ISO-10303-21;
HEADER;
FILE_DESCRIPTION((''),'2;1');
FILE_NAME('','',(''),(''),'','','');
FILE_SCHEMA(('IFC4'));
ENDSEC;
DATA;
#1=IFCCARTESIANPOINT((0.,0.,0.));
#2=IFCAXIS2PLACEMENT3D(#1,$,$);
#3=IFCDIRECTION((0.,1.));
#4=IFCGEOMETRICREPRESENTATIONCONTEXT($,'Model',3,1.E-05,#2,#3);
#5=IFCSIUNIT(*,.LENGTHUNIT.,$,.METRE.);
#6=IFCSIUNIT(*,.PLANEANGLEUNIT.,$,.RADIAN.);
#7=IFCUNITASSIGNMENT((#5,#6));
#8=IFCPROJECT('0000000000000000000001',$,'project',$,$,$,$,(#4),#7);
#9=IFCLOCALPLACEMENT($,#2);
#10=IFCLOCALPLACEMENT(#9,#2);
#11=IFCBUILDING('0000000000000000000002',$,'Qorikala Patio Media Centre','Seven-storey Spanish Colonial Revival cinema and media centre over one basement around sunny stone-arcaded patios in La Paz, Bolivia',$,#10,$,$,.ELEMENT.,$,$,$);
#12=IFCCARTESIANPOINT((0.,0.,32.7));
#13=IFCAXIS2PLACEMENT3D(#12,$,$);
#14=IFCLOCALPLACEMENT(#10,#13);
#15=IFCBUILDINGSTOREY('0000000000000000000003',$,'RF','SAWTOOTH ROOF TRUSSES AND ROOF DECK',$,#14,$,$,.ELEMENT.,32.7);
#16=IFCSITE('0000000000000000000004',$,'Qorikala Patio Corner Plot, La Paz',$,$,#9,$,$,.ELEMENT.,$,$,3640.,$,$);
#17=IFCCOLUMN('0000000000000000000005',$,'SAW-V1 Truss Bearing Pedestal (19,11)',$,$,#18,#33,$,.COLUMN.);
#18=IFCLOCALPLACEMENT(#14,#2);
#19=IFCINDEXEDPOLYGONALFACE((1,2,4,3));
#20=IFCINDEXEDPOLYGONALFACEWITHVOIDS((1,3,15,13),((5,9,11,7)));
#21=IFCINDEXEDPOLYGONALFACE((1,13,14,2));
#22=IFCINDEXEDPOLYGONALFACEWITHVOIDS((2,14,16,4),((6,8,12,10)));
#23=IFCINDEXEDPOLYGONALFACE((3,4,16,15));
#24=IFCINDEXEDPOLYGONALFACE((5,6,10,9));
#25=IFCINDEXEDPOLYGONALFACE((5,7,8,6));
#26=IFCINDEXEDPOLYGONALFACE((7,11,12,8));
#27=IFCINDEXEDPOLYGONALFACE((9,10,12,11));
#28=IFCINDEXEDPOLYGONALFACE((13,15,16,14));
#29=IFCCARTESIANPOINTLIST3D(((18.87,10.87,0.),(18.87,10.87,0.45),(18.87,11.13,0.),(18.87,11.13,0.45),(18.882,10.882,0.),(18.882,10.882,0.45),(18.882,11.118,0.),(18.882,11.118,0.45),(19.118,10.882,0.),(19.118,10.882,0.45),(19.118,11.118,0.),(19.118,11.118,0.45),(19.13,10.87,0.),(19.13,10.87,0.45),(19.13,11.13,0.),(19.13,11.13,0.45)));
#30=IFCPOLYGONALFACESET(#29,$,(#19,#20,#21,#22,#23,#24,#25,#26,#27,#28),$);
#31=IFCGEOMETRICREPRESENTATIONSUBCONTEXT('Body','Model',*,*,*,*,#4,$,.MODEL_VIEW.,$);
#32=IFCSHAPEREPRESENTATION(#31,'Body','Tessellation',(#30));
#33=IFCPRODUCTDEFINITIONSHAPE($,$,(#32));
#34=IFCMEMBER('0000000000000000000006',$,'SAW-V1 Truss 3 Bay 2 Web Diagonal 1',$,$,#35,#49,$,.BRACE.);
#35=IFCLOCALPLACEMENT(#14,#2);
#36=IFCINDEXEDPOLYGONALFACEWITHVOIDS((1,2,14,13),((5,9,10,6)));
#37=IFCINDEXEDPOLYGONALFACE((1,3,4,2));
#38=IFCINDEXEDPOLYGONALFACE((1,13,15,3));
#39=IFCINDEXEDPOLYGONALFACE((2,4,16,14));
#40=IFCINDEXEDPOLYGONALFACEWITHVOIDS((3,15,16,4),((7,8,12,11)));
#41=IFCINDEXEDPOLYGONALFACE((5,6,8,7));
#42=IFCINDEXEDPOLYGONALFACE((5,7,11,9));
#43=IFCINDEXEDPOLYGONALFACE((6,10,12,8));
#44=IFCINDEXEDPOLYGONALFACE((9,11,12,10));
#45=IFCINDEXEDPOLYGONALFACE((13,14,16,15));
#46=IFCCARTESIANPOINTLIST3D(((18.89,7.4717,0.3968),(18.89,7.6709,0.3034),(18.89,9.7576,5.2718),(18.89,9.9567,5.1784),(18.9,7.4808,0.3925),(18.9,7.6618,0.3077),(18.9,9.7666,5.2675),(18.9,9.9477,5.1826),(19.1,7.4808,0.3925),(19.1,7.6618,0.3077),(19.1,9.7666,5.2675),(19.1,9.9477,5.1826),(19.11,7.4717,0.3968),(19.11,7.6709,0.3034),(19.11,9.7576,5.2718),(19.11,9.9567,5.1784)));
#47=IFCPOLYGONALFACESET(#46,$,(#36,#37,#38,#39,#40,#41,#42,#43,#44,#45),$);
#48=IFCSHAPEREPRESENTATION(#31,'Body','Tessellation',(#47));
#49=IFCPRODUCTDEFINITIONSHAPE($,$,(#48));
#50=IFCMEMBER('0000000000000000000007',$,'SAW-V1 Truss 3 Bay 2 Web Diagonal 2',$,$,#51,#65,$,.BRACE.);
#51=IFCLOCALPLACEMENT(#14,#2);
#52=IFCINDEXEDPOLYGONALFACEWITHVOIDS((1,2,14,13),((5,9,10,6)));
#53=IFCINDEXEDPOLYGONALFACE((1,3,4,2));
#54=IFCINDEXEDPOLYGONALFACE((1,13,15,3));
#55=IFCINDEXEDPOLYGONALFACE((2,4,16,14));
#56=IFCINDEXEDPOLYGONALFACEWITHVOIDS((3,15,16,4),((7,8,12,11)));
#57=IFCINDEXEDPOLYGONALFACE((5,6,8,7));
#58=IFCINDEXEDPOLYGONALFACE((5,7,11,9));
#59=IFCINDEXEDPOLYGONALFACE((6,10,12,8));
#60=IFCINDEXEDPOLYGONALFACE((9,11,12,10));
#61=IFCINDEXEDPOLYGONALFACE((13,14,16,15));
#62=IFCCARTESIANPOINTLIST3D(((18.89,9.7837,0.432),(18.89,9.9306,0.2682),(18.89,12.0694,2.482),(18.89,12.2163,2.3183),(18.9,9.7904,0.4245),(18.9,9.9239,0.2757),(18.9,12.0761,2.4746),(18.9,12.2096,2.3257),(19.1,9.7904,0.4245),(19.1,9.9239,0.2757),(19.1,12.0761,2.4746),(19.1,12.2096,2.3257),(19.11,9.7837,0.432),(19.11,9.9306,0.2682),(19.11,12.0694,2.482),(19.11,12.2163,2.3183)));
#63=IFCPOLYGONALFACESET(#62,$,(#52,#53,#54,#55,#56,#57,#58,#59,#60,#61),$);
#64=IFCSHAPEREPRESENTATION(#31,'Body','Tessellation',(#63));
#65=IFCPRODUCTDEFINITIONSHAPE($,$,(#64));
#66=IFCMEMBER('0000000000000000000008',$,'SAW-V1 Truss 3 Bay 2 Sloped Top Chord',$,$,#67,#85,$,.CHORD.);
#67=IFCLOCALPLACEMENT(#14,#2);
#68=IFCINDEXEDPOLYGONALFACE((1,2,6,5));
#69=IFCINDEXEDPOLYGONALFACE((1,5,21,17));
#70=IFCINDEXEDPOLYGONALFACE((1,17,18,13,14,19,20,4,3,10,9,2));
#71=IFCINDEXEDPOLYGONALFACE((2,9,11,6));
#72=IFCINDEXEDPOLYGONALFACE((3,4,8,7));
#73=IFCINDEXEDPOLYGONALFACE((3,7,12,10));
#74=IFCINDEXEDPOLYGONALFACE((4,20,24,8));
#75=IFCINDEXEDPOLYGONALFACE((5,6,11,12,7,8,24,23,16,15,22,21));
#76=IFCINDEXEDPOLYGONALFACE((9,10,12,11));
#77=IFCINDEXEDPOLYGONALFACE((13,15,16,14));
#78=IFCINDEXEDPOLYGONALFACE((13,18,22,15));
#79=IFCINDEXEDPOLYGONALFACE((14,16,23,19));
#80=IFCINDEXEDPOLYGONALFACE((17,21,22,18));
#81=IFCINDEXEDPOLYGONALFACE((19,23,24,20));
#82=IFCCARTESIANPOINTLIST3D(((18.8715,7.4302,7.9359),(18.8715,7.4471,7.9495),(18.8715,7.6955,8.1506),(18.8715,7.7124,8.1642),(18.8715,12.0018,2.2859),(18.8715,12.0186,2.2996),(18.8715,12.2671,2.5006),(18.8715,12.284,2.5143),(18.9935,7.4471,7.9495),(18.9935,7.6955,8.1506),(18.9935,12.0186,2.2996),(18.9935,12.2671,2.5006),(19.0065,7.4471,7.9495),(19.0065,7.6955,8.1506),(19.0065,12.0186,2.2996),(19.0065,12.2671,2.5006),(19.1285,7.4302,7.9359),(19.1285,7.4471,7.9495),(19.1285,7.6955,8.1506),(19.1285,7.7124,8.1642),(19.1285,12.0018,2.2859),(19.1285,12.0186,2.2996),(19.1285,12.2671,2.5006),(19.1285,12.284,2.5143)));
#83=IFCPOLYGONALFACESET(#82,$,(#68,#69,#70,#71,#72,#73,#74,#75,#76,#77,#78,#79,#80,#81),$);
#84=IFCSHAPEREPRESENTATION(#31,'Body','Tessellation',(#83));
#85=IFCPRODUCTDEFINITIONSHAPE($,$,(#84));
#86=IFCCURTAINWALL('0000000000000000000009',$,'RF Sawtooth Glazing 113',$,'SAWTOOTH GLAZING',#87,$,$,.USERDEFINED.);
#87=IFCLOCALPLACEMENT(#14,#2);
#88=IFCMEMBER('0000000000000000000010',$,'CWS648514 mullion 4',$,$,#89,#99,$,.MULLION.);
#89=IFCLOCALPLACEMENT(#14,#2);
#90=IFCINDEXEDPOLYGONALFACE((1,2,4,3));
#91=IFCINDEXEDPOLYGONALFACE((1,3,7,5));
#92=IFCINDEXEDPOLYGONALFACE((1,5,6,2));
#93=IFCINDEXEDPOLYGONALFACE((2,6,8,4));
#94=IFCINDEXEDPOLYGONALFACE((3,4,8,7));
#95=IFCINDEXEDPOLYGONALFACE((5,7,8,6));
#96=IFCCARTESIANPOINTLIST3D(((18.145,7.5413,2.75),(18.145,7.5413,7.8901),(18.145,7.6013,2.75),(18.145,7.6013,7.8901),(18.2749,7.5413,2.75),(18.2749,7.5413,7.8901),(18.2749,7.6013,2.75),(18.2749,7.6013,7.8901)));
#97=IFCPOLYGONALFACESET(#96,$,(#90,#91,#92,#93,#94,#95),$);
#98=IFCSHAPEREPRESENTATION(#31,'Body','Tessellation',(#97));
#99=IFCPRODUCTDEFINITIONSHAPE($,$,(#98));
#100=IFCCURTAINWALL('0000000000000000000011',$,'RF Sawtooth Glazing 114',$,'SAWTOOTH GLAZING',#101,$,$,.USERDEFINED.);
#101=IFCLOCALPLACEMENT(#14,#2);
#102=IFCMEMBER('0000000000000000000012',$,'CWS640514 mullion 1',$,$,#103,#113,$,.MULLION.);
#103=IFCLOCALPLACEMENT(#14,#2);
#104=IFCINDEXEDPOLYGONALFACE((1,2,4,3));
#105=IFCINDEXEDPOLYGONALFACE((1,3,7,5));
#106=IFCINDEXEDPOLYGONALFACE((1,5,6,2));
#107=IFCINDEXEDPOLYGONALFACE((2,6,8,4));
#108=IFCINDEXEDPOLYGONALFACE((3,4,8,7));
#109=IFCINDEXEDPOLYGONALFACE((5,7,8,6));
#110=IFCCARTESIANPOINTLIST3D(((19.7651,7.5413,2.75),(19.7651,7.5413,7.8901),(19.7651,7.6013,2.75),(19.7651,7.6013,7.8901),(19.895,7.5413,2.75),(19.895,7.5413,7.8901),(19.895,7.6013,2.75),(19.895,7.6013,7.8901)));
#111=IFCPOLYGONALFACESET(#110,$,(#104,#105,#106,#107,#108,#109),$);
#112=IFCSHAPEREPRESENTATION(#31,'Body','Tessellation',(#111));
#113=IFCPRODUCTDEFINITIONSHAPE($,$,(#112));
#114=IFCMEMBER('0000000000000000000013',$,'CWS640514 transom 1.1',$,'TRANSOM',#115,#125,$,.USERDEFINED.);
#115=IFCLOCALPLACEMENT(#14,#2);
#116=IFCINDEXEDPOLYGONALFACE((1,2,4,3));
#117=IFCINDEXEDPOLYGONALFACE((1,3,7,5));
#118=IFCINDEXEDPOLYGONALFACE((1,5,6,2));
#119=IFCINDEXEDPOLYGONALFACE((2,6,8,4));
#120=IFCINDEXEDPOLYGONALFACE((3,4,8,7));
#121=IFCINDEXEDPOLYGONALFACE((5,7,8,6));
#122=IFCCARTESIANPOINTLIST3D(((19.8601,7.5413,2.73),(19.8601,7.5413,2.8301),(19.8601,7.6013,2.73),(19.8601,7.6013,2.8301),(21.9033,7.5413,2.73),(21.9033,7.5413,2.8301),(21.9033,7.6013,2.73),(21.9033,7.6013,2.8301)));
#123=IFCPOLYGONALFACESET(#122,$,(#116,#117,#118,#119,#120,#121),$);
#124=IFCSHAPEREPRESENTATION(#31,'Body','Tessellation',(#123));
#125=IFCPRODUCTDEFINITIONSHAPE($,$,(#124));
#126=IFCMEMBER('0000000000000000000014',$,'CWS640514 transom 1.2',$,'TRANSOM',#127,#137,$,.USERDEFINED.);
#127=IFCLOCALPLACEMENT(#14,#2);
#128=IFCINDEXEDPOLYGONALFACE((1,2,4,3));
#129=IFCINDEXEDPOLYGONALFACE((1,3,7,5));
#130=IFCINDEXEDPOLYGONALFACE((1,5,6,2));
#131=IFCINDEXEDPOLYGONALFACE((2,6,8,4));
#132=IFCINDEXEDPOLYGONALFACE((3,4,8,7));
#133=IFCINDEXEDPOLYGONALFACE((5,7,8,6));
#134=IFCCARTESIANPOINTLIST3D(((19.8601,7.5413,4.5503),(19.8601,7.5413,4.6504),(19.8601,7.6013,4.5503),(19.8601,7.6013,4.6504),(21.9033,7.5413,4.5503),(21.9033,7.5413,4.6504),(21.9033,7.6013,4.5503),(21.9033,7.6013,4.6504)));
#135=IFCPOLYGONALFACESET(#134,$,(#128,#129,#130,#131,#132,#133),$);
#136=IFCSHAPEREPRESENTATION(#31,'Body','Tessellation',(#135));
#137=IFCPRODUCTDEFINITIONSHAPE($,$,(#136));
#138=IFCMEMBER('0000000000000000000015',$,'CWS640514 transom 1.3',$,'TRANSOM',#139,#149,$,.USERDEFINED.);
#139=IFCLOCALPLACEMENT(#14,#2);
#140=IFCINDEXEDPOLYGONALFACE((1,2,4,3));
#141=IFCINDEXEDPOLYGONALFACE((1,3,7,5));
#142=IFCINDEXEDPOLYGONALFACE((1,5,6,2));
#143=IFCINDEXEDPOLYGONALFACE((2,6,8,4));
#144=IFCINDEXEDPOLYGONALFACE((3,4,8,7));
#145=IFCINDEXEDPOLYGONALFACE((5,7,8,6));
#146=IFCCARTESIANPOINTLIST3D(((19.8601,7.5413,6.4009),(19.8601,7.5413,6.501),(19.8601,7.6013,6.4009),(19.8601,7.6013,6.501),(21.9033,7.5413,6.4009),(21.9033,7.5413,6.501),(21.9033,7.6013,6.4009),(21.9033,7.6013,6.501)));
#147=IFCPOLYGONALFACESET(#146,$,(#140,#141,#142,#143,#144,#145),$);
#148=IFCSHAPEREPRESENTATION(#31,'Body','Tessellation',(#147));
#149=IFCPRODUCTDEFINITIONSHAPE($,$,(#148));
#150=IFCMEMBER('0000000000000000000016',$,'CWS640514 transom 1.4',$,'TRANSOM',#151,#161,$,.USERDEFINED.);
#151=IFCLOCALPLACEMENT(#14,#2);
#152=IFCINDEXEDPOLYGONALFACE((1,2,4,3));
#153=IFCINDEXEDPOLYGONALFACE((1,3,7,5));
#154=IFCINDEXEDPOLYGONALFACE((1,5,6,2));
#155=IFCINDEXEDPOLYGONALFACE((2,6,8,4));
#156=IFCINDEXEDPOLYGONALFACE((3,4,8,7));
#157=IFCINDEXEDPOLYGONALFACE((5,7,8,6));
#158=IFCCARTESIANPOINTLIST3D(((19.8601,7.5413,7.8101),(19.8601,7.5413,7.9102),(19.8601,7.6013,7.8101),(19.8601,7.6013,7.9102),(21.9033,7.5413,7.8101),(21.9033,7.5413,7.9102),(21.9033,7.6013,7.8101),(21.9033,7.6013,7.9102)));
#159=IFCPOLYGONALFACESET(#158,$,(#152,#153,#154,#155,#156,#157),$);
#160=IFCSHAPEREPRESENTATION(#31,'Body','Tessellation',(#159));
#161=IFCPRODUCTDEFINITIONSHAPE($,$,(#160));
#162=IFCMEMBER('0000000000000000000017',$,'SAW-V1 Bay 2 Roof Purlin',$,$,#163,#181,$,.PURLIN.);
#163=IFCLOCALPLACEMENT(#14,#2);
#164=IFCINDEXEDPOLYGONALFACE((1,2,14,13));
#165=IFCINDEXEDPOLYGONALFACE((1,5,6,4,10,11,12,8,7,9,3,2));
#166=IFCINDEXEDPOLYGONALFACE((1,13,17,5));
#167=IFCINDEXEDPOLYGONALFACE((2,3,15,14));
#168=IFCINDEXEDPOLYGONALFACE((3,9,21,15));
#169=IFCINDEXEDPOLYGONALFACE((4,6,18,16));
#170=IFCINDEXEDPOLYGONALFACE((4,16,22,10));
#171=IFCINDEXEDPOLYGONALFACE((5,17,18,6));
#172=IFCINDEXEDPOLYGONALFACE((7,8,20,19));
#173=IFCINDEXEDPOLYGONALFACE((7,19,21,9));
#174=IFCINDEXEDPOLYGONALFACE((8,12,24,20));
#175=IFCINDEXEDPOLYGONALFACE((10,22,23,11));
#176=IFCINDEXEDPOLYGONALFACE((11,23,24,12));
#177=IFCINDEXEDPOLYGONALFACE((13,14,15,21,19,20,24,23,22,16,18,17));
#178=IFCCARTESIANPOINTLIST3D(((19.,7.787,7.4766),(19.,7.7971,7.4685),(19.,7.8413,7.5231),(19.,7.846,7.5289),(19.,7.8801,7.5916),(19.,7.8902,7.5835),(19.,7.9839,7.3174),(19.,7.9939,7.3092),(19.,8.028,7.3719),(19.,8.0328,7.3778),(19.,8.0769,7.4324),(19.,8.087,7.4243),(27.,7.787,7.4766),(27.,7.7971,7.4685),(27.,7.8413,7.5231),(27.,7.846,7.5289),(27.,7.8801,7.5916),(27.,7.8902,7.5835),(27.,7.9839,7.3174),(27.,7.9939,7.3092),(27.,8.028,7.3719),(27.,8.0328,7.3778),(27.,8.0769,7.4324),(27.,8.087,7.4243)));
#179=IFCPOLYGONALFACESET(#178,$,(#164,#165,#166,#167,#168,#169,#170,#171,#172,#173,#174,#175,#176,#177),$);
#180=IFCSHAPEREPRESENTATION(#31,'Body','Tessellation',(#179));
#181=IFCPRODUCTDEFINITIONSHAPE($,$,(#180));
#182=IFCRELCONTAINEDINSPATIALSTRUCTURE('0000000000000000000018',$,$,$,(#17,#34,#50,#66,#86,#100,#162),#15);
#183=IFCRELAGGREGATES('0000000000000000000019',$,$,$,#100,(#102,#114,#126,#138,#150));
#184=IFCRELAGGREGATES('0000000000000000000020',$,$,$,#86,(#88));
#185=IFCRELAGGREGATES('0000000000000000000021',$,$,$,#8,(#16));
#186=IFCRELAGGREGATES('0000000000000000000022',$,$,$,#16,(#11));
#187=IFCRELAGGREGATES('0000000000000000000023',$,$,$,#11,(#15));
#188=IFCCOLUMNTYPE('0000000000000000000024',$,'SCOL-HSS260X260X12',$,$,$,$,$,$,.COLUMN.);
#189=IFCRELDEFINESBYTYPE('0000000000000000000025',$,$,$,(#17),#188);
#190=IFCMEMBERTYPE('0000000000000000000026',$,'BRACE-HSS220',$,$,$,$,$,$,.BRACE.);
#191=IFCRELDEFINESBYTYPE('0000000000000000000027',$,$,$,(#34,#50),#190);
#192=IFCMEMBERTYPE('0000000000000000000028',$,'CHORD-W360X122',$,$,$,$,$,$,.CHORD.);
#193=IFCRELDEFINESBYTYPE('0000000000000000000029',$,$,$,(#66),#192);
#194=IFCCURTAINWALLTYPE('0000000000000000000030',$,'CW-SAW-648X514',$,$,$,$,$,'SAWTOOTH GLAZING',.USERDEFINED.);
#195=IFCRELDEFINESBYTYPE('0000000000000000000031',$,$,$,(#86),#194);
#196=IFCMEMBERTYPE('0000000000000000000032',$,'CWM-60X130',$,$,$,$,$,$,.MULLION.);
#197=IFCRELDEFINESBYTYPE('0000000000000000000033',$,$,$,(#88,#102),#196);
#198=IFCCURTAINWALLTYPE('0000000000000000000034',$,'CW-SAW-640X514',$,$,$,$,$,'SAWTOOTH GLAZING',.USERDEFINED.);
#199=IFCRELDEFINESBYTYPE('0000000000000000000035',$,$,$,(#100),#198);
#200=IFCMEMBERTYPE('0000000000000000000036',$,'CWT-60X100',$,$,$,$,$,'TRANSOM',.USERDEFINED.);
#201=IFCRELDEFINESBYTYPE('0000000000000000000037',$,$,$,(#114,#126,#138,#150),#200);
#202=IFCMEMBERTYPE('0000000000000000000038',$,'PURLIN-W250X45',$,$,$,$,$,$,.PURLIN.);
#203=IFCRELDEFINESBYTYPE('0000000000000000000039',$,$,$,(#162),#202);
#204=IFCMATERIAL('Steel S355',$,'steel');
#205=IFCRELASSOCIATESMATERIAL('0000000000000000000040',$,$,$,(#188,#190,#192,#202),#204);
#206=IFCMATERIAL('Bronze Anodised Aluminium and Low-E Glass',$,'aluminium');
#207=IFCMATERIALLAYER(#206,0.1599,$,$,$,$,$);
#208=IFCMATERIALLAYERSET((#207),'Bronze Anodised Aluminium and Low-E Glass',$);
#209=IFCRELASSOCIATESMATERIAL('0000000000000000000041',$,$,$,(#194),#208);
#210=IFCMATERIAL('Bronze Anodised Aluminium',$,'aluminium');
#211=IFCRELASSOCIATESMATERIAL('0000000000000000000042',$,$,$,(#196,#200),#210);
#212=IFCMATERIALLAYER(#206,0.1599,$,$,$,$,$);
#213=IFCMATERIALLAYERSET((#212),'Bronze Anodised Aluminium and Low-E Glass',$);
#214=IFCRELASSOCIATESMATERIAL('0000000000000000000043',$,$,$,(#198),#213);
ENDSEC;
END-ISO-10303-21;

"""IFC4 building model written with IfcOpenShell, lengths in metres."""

from ifc_helpers import new_model, si_unit, direction, frame, origin, origin_2d, place, context, subcontext, project, spatial, rectangle, hollow_rectangle, i_section, extrude, material, layer, layer_set, material_profile, profile_set, type_object, element, aggregate, save


model = new_model("IFC4")

# Units and contexts
model_context = context("Model", 3, precision=1e-05, world=origin(), true_north=direction((0.0, 1.0)))
body_context = subcontext(model_context, "Body", "Model", "MODEL_VIEW")
ifc_project = project(units=[si_unit("LENGTHUNIT", "METRE"), si_unit("PLANEANGLEUNIT", "RADIAN")], contexts=[model_context])

# Site, building, storey
site_placement = place(None, origin())
site = spatial("IfcSite", under=ifc_project, at=site_placement, Name="Qorikala Patio Corner Plot, La Paz", CompositionType="ELEMENT", RefElevation=3640.0)
building_placement = place(site_placement, origin())
building = spatial("IfcBuilding", under=site, at=building_placement, Name="Qorikala Patio Media Centre", Description="Seven-storey Spanish Colonial Revival cinema and media centre over one basement around sunny stone-arcaded patios in La Paz, Bolivia", CompositionType="ELEMENT")
storey_placement = place(building_placement, frame((0.0, 0.0, 32.7)))
storey = spatial("IfcBuildingStorey", under=building, at=storey_placement, Name="RF", Description="SAWTOOTH ROOF TRUSSES AND ROOF DECK", CompositionType="ELEMENT", Elevation=32.7)

# Column
ifc_material_1 = material(Name="Steel S355", Category="steel")
ifc_material_profile_1 = material_profile(ifc_material_1, hollow_rectangle(XDim=0.26, YDim=0.26, WallThickness=0.012, at=origin_2d()), Name="HSS260X260X12")
ifc_profile_set_1 = profile_set([ifc_material_profile_1], Name="Steel S355")
column_type = type_object("IfcColumnType", Name="SCOL-HSS260X260X12", PredefinedType="COLUMN", material=ifc_profile_set_1)
column_placement = place(storey_placement, frame((19.0, 11.0, 0.0), z_axis=(0.0, 0.0, 1.0), x_axis=(1.0, 0.0, 0.0)))
element("IfcColumn", 1, at=column_placement, inside=storey, type_object=column_type, Name="SAW-V1 Truss Bearing Pedestal (19,11)", PredefinedType="COLUMN", context=body_context, shape_type="SweptSolid", body=[
    extrude(hollow_rectangle(XDim=0.26, YDim=0.26, WallThickness=0.012, at=origin_2d()), origin(), (0.0, 0.0, 1.0), 0.45),
])

# Members
ifc_material_profile_2 = material_profile(ifc_material_1, hollow_rectangle(XDim=0.22, YDim=0.22, WallThickness=0.01, at=origin_2d()), Name="HSS220X220X10")
ifc_profile_set_2 = profile_set([ifc_material_profile_2], Name="Steel S355")
member_type_1 = type_object("IfcMemberType", Name="BRACE-HSS220", PredefinedType="BRACE", material=ifc_profile_set_2)
member_1_placement = place(storey_placement, frame((19.0, 7.5713, 0.3501), z_axis=(0.0, 0.424545, 0.905407), x_axis=(-1.0, 0.0, 0.0)))
element("IfcMember", 2, at=member_1_placement, inside=storey, type_object=member_type_1, Name="SAW-V1 Truss 3 Bay 2 Web Diagonal 1", PredefinedType="BRACE", context=body_context, shape_type="SweptSolid", body=[
    extrude(hollow_rectangle(XDim=0.22, YDim=0.22, WallThickness=0.01, at=origin_2d()), origin(), (0.0, 0.0, 1.0), 5.3843),
])
member_2_placement = place(storey_placement, frame((19.0, 9.8572, 0.3501), z_axis=(0.0, 0.744432, 0.667699), x_axis=(-1.0, 0.0, 0.0)))
element("IfcMember", 3, at=member_2_placement, inside=storey, type_object=member_type_1, Name="SAW-V1 Truss 3 Bay 2 Web Diagonal 2", PredefinedType="BRACE", context=body_context, shape_type="SweptSolid", body=[
    extrude(hollow_rectangle(XDim=0.22, YDim=0.22, WallThickness=0.01, at=origin_2d()), origin(), (0.0, 0.0, 1.0), 3.0703),
])
ifc_material_profile_3 = material_profile(ifc_material_1, i_section(OverallWidth=0.2571, OverallDepth=0.363, WebThickness=0.0129, FlangeThickness=0.0217, at=origin_2d()), Name="W360X122")
ifc_profile_set_3 = profile_set([ifc_material_profile_3], Name="Steel S355")
member_type_2 = type_object("IfcMemberType", Name="CHORD-W360X122", PredefinedType="CHORD", material=ifc_profile_set_3)
member_3_placement = place(storey_placement, frame((19.0, 7.5713, 8.05), z_axis=(0.0, 0.629016, -0.777393), x_axis=(-1.0, 0.0, 0.0)))
element("IfcMember", 4, at=member_3_placement, inside=storey, type_object=member_type_2, Name="SAW-V1 Truss 3 Bay 2 Sloped Top Chord", PredefinedType="CHORD", context=body_context, shape_type="SweptSolid", body=[
    extrude(i_section(OverallWidth=0.2571, OverallDepth=0.363, WebThickness=0.0129, FlangeThickness=0.0217, at=origin_2d()), origin(), (0.0, 0.0, 1.0), 7.2678),
])

# Curtain wall, member
ifc_material_2 = material(Name="Bronze Anodised Aluminium and Low-E Glass", Category="aluminium")
ifc_layer_1 = layer(ifc_material_2, 0.1599)
ifc_layer_set_1 = layer_set([ifc_layer_1], Name="Bronze Anodised Aluminium and Low-E Glass")
curtain_wall_type_1 = type_object("IfcCurtainWallType", Name="CW-SAW-648X514", ElementType="SAWTOOTH GLAZING", PredefinedType="USERDEFINED", material=ifc_layer_set_1)
curtain_wall_1_placement = place(storey_placement, origin())
curtain_wall_1 = element("IfcCurtainWall", 5, at=curtain_wall_1_placement, inside=storey, type_object=curtain_wall_type_1, Name="RF Sawtooth Glazing 113", ObjectType="SAWTOOTH GLAZING", PredefinedType="USERDEFINED")
ifc_material_3 = material(Name="Bronze Anodised Aluminium", Category="aluminium")
ifc_material_profile_4 = material_profile(ifc_material_3, rectangle(XDim=0.0601, YDim=0.1299, at=origin_2d()), Name="ALU MULLION 60x130")
ifc_profile_set_4 = profile_set([ifc_material_profile_4], Name="Bronze Anodised Aluminium")
member_type_3 = type_object("IfcMemberType", Name="CWM-60X130", PredefinedType="MULLION", material=ifc_profile_set_4)
member_4_placement = place(storey_placement, frame((18.21, 7.5713, 2.75), z_axis=(0.0, 0.0, 1.0), x_axis=(0.0, 1.0, 0.0)))
member_4 = element("IfcMember", 6, at=member_4_placement, type_object=member_type_3, Name="CWS648514 mullion 4", PredefinedType="MULLION", context=body_context, shape_type="SweptSolid", body=[
    extrude(rectangle(XDim=0.0601, YDim=0.1299, at=origin_2d()), origin(), (0.0, 0.0, 1.0), 5.1401),
])

# Curtain wall, members
ifc_layer_2 = layer(ifc_material_2, 0.1599)
ifc_layer_set_2 = layer_set([ifc_layer_2], Name="Bronze Anodised Aluminium and Low-E Glass")
curtain_wall_type_2 = type_object("IfcCurtainWallType", Name="CW-SAW-640X514", ElementType="SAWTOOTH GLAZING", PredefinedType="USERDEFINED", material=ifc_layer_set_2)
curtain_wall_2_placement = place(storey_placement, origin())
curtain_wall_2 = element("IfcCurtainWall", 7, at=curtain_wall_2_placement, inside=storey, type_object=curtain_wall_type_2, Name="RF Sawtooth Glazing 114", ObjectType="SAWTOOTH GLAZING", PredefinedType="USERDEFINED")
member_5_placement = place(storey_placement, frame((19.8301, 7.5713, 2.75), z_axis=(0.0, 0.0, 1.0), x_axis=(0.0, 1.0, 0.0)))
member_5 = element("IfcMember", 8, at=member_5_placement, type_object=member_type_3, Name="CWS640514 mullion 1", PredefinedType="MULLION", context=body_context, shape_type="SweptSolid", body=[
    extrude(rectangle(XDim=0.0601, YDim=0.1299, at=origin_2d()), origin(), (0.0, 0.0, 1.0), 5.1401),
])
ifc_material_profile_5 = material_profile(ifc_material_3, rectangle(XDim=0.0601, YDim=0.1001, at=origin_2d()), Name="ALU TRANSOM 60x100")
ifc_profile_set_5 = profile_set([ifc_material_profile_5], Name="Bronze Anodised Aluminium")
member_type_4 = type_object("IfcMemberType", Name="CWT-60X100", ElementType="TRANSOM", PredefinedType="USERDEFINED", material=ifc_profile_set_5)
member_6_placement = place(storey_placement, frame((19.8601, 7.5713, 2.78), z_axis=(1.0, 0.0, 0.0), x_axis=(0.0, 1.0, 0.0)))
member_6 = element("IfcMember", 9, at=member_6_placement, type_object=member_type_4, Name="CWS640514 transom 1.1", ObjectType="TRANSOM", PredefinedType="USERDEFINED", context=body_context, shape_type="SweptSolid", body=[
    extrude(rectangle(XDim=0.0601, YDim=0.1001, at=origin_2d()), origin(), (0.0, 0.0, 1.0), 2.0432),
])
member_7_placement = place(storey_placement, frame((19.8601, 7.5713, 4.6003), z_axis=(1.0, 0.0, 0.0), x_axis=(0.0, 1.0, 0.0)))
member_7 = element("IfcMember", 10, at=member_7_placement, type_object=member_type_4, Name="CWS640514 transom 1.2", ObjectType="TRANSOM", PredefinedType="USERDEFINED", context=body_context, shape_type="SweptSolid", body=[
    extrude(rectangle(XDim=0.0601, YDim=0.1001, at=origin_2d()), origin(), (0.0, 0.0, 1.0), 2.0432),
])
member_8_placement = place(storey_placement, frame((19.8601, 7.5713, 6.4509), z_axis=(1.0, 0.0, 0.0), x_axis=(0.0, 1.0, 0.0)))
member_8 = element("IfcMember", 11, at=member_8_placement, type_object=member_type_4, Name="CWS640514 transom 1.3", ObjectType="TRANSOM", PredefinedType="USERDEFINED", context=body_context, shape_type="SweptSolid", body=[
    extrude(rectangle(XDim=0.0601, YDim=0.1001, at=origin_2d()), origin(), (0.0, 0.0, 1.0), 2.0432),
])
member_9_placement = place(storey_placement, frame((19.8601, 7.5713, 7.8601), z_axis=(1.0, 0.0, 0.0), x_axis=(0.0, 1.0, 0.0)))
member_9 = element("IfcMember", 12, at=member_9_placement, type_object=member_type_4, Name="CWS640514 transom 1.4", ObjectType="TRANSOM", PredefinedType="USERDEFINED", context=body_context, shape_type="SweptSolid", body=[
    extrude(rectangle(XDim=0.0601, YDim=0.1001, at=origin_2d()), origin(), (0.0, 0.0, 1.0), 2.0432),
])
aggregate(curtain_wall_2, [member_5, member_6, member_7, member_8, member_9])

# Member
ifc_material_profile_6 = material_profile(ifc_material_1, i_section(OverallWidth=0.1479, OverallDepth=0.2661, WebThickness=0.0076, FlangeThickness=0.0129, at=origin_2d()), Name="W250X45")
ifc_profile_set_6 = profile_set([ifc_material_profile_6], Name="Steel S355")
member_type_5 = type_object("IfcMemberType", Name="PURLIN-W250X45", PredefinedType="PURLIN", material=ifc_profile_set_6)
for number, where, z_axis, x_axis, name in (
    (13, (19.0, 7.937, 7.4504), (1.0, 0.0, 0.0), (0.0, 0.628995, 0.77741), "SAW-V1 Bay 2 Roof Purlin"),
):
    element("IfcMember", number, at=place(storey_placement, frame(where, z_axis=z_axis, x_axis=x_axis)), inside=storey, type_object=member_type_5, Name=name, PredefinedType="PURLIN", context=body_context, shape_type="SweptSolid", body=[
        extrude(i_section(OverallWidth=0.1479, OverallDepth=0.2661, WebThickness=0.0076, FlangeThickness=0.0129, at=origin_2d()), origin(), (0.0, 0.0, 1.0), 8.0),
    ])

aggregate(curtain_wall_1, [member_4])

save(model, "model.ifc")
